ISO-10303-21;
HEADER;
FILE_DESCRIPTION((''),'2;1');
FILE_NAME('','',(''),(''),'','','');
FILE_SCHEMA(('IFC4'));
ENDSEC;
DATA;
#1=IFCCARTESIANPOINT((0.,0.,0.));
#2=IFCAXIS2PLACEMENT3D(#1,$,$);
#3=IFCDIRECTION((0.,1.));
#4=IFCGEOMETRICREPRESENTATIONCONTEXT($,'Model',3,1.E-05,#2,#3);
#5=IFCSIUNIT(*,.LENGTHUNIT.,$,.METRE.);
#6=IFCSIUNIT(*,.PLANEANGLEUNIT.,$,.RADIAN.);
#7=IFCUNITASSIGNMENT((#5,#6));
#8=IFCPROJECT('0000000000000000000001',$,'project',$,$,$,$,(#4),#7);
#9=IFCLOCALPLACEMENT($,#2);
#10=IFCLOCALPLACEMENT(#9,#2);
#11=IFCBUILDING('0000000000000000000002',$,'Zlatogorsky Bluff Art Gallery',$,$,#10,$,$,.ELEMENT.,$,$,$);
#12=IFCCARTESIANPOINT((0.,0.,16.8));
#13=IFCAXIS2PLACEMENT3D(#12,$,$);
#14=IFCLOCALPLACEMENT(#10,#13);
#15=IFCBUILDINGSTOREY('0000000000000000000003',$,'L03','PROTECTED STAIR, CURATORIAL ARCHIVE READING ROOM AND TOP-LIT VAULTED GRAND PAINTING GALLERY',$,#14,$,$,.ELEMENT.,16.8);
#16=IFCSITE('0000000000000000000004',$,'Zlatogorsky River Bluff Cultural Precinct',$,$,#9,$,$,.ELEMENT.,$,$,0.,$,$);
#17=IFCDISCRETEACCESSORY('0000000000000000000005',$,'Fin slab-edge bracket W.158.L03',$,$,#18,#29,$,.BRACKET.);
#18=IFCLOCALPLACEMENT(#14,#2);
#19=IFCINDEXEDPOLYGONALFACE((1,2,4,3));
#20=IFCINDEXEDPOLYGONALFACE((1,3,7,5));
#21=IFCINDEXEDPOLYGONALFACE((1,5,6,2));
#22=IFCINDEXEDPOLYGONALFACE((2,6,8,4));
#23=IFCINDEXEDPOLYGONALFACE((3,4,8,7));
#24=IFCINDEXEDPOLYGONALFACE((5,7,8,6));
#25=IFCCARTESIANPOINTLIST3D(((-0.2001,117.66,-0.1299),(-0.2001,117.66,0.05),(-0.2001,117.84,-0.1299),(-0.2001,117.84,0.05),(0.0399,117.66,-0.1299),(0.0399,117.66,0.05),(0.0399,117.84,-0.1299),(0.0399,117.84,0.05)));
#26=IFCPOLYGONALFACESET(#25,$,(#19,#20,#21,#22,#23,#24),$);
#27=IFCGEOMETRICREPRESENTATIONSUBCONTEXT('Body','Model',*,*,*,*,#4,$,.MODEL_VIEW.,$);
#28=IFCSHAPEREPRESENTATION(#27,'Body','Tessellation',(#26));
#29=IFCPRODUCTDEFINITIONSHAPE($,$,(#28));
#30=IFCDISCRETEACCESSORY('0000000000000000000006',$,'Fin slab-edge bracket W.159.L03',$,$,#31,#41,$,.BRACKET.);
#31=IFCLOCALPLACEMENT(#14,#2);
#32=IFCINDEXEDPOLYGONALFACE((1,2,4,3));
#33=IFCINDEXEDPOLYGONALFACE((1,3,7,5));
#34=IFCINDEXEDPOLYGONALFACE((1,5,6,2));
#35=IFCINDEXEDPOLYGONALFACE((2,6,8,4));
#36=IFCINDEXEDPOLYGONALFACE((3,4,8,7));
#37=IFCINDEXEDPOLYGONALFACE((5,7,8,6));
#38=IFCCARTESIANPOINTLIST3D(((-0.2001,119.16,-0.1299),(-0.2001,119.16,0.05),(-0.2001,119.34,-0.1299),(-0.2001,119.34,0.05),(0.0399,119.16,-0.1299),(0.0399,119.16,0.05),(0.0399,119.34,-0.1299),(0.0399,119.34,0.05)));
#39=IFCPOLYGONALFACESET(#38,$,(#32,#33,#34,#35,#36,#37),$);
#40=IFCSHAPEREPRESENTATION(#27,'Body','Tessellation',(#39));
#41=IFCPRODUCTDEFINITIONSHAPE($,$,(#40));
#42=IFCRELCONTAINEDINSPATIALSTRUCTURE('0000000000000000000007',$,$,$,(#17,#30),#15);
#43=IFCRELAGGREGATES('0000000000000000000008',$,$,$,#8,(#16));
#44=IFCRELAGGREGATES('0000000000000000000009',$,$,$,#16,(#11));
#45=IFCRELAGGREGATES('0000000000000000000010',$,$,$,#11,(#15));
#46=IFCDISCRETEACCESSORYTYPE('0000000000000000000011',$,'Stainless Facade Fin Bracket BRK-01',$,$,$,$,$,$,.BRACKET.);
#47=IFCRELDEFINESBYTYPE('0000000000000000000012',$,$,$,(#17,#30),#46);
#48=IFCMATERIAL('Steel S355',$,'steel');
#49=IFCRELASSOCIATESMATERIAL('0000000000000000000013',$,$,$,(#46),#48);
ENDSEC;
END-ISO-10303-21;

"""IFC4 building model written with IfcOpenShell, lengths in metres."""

from ifc_helpers import new_model, si_unit, direction, frame, origin, origin_2d, place, context, subcontext, project, spatial, rectangle, extrude, material, type_object, element, save


model = new_model("IFC4")

# Units and contexts
model_context = context("Model", 3, precision=1e-05, world=origin(), true_north=direction((0.0, 1.0)))
body_context = subcontext(model_context, "Body", "Model", "MODEL_VIEW")
ifc_project = project(units=[si_unit("LENGTHUNIT", "METRE"), si_unit("PLANEANGLEUNIT", "RADIAN")], contexts=[model_context])

# Site, building, storey
site_placement = place(None, origin())
site = spatial("IfcSite", under=ifc_project, at=site_placement, Name="Zlatogorsky River Bluff Cultural Precinct", CompositionType="ELEMENT", RefElevation=0.0)
building_placement = place(site_placement, origin())
building = spatial("IfcBuilding", under=site, at=building_placement, Name="Zlatogorsky Bluff Art Gallery", CompositionType="ELEMENT")
storey_placement = place(building_placement, frame((0.0, 0.0, 16.8)))
storey = spatial("IfcBuildingStorey", under=building, at=storey_placement, Name="L03", Description="PROTECTED STAIR, CURATORIAL ARCHIVE READING ROOM AND TOP-LIT VAULTED GRAND PAINTING GALLERY", CompositionType="ELEMENT", Elevation=16.8)

# Shared definitions
ifc_material_1 = material(Name="Steel S355", Category="steel")

# Discrete accessories
discrete_accessory_type = type_object("IfcDiscreteAccessoryType", Name="Stainless Facade Fin Bracket BRK-01", PredefinedType="BRACKET", material=ifc_material_1)
for number, where, z_axis, x_axis, name in (
    (1, (-0.0801, 117.75, -0.1299), (0.0, 0.0, 1.0), (1.0, 0.0, 0.0), "Fin slab-edge bracket W.158.L03"),
    (2, (-0.0801, 119.25, -0.1299), (0.0, 0.0, 1.0), (1.0, 0.0, 0.0), "Fin slab-edge bracket W.159.L03"),
):
    element("IfcDiscreteAccessory", number, at=place(storey_placement, frame(where, z_axis=z_axis, x_axis=x_axis)), inside=storey, type_object=discrete_accessory_type, Name=name, PredefinedType="BRACKET", context=body_context, shape_type="SweptSolid", body=[
        extrude(rectangle(XDim=0.24, YDim=0.1799, at=origin_2d()), origin(), (0.0, 0.0, 1.0), 0.1799),
    ])

save(model, "model.ifc")
